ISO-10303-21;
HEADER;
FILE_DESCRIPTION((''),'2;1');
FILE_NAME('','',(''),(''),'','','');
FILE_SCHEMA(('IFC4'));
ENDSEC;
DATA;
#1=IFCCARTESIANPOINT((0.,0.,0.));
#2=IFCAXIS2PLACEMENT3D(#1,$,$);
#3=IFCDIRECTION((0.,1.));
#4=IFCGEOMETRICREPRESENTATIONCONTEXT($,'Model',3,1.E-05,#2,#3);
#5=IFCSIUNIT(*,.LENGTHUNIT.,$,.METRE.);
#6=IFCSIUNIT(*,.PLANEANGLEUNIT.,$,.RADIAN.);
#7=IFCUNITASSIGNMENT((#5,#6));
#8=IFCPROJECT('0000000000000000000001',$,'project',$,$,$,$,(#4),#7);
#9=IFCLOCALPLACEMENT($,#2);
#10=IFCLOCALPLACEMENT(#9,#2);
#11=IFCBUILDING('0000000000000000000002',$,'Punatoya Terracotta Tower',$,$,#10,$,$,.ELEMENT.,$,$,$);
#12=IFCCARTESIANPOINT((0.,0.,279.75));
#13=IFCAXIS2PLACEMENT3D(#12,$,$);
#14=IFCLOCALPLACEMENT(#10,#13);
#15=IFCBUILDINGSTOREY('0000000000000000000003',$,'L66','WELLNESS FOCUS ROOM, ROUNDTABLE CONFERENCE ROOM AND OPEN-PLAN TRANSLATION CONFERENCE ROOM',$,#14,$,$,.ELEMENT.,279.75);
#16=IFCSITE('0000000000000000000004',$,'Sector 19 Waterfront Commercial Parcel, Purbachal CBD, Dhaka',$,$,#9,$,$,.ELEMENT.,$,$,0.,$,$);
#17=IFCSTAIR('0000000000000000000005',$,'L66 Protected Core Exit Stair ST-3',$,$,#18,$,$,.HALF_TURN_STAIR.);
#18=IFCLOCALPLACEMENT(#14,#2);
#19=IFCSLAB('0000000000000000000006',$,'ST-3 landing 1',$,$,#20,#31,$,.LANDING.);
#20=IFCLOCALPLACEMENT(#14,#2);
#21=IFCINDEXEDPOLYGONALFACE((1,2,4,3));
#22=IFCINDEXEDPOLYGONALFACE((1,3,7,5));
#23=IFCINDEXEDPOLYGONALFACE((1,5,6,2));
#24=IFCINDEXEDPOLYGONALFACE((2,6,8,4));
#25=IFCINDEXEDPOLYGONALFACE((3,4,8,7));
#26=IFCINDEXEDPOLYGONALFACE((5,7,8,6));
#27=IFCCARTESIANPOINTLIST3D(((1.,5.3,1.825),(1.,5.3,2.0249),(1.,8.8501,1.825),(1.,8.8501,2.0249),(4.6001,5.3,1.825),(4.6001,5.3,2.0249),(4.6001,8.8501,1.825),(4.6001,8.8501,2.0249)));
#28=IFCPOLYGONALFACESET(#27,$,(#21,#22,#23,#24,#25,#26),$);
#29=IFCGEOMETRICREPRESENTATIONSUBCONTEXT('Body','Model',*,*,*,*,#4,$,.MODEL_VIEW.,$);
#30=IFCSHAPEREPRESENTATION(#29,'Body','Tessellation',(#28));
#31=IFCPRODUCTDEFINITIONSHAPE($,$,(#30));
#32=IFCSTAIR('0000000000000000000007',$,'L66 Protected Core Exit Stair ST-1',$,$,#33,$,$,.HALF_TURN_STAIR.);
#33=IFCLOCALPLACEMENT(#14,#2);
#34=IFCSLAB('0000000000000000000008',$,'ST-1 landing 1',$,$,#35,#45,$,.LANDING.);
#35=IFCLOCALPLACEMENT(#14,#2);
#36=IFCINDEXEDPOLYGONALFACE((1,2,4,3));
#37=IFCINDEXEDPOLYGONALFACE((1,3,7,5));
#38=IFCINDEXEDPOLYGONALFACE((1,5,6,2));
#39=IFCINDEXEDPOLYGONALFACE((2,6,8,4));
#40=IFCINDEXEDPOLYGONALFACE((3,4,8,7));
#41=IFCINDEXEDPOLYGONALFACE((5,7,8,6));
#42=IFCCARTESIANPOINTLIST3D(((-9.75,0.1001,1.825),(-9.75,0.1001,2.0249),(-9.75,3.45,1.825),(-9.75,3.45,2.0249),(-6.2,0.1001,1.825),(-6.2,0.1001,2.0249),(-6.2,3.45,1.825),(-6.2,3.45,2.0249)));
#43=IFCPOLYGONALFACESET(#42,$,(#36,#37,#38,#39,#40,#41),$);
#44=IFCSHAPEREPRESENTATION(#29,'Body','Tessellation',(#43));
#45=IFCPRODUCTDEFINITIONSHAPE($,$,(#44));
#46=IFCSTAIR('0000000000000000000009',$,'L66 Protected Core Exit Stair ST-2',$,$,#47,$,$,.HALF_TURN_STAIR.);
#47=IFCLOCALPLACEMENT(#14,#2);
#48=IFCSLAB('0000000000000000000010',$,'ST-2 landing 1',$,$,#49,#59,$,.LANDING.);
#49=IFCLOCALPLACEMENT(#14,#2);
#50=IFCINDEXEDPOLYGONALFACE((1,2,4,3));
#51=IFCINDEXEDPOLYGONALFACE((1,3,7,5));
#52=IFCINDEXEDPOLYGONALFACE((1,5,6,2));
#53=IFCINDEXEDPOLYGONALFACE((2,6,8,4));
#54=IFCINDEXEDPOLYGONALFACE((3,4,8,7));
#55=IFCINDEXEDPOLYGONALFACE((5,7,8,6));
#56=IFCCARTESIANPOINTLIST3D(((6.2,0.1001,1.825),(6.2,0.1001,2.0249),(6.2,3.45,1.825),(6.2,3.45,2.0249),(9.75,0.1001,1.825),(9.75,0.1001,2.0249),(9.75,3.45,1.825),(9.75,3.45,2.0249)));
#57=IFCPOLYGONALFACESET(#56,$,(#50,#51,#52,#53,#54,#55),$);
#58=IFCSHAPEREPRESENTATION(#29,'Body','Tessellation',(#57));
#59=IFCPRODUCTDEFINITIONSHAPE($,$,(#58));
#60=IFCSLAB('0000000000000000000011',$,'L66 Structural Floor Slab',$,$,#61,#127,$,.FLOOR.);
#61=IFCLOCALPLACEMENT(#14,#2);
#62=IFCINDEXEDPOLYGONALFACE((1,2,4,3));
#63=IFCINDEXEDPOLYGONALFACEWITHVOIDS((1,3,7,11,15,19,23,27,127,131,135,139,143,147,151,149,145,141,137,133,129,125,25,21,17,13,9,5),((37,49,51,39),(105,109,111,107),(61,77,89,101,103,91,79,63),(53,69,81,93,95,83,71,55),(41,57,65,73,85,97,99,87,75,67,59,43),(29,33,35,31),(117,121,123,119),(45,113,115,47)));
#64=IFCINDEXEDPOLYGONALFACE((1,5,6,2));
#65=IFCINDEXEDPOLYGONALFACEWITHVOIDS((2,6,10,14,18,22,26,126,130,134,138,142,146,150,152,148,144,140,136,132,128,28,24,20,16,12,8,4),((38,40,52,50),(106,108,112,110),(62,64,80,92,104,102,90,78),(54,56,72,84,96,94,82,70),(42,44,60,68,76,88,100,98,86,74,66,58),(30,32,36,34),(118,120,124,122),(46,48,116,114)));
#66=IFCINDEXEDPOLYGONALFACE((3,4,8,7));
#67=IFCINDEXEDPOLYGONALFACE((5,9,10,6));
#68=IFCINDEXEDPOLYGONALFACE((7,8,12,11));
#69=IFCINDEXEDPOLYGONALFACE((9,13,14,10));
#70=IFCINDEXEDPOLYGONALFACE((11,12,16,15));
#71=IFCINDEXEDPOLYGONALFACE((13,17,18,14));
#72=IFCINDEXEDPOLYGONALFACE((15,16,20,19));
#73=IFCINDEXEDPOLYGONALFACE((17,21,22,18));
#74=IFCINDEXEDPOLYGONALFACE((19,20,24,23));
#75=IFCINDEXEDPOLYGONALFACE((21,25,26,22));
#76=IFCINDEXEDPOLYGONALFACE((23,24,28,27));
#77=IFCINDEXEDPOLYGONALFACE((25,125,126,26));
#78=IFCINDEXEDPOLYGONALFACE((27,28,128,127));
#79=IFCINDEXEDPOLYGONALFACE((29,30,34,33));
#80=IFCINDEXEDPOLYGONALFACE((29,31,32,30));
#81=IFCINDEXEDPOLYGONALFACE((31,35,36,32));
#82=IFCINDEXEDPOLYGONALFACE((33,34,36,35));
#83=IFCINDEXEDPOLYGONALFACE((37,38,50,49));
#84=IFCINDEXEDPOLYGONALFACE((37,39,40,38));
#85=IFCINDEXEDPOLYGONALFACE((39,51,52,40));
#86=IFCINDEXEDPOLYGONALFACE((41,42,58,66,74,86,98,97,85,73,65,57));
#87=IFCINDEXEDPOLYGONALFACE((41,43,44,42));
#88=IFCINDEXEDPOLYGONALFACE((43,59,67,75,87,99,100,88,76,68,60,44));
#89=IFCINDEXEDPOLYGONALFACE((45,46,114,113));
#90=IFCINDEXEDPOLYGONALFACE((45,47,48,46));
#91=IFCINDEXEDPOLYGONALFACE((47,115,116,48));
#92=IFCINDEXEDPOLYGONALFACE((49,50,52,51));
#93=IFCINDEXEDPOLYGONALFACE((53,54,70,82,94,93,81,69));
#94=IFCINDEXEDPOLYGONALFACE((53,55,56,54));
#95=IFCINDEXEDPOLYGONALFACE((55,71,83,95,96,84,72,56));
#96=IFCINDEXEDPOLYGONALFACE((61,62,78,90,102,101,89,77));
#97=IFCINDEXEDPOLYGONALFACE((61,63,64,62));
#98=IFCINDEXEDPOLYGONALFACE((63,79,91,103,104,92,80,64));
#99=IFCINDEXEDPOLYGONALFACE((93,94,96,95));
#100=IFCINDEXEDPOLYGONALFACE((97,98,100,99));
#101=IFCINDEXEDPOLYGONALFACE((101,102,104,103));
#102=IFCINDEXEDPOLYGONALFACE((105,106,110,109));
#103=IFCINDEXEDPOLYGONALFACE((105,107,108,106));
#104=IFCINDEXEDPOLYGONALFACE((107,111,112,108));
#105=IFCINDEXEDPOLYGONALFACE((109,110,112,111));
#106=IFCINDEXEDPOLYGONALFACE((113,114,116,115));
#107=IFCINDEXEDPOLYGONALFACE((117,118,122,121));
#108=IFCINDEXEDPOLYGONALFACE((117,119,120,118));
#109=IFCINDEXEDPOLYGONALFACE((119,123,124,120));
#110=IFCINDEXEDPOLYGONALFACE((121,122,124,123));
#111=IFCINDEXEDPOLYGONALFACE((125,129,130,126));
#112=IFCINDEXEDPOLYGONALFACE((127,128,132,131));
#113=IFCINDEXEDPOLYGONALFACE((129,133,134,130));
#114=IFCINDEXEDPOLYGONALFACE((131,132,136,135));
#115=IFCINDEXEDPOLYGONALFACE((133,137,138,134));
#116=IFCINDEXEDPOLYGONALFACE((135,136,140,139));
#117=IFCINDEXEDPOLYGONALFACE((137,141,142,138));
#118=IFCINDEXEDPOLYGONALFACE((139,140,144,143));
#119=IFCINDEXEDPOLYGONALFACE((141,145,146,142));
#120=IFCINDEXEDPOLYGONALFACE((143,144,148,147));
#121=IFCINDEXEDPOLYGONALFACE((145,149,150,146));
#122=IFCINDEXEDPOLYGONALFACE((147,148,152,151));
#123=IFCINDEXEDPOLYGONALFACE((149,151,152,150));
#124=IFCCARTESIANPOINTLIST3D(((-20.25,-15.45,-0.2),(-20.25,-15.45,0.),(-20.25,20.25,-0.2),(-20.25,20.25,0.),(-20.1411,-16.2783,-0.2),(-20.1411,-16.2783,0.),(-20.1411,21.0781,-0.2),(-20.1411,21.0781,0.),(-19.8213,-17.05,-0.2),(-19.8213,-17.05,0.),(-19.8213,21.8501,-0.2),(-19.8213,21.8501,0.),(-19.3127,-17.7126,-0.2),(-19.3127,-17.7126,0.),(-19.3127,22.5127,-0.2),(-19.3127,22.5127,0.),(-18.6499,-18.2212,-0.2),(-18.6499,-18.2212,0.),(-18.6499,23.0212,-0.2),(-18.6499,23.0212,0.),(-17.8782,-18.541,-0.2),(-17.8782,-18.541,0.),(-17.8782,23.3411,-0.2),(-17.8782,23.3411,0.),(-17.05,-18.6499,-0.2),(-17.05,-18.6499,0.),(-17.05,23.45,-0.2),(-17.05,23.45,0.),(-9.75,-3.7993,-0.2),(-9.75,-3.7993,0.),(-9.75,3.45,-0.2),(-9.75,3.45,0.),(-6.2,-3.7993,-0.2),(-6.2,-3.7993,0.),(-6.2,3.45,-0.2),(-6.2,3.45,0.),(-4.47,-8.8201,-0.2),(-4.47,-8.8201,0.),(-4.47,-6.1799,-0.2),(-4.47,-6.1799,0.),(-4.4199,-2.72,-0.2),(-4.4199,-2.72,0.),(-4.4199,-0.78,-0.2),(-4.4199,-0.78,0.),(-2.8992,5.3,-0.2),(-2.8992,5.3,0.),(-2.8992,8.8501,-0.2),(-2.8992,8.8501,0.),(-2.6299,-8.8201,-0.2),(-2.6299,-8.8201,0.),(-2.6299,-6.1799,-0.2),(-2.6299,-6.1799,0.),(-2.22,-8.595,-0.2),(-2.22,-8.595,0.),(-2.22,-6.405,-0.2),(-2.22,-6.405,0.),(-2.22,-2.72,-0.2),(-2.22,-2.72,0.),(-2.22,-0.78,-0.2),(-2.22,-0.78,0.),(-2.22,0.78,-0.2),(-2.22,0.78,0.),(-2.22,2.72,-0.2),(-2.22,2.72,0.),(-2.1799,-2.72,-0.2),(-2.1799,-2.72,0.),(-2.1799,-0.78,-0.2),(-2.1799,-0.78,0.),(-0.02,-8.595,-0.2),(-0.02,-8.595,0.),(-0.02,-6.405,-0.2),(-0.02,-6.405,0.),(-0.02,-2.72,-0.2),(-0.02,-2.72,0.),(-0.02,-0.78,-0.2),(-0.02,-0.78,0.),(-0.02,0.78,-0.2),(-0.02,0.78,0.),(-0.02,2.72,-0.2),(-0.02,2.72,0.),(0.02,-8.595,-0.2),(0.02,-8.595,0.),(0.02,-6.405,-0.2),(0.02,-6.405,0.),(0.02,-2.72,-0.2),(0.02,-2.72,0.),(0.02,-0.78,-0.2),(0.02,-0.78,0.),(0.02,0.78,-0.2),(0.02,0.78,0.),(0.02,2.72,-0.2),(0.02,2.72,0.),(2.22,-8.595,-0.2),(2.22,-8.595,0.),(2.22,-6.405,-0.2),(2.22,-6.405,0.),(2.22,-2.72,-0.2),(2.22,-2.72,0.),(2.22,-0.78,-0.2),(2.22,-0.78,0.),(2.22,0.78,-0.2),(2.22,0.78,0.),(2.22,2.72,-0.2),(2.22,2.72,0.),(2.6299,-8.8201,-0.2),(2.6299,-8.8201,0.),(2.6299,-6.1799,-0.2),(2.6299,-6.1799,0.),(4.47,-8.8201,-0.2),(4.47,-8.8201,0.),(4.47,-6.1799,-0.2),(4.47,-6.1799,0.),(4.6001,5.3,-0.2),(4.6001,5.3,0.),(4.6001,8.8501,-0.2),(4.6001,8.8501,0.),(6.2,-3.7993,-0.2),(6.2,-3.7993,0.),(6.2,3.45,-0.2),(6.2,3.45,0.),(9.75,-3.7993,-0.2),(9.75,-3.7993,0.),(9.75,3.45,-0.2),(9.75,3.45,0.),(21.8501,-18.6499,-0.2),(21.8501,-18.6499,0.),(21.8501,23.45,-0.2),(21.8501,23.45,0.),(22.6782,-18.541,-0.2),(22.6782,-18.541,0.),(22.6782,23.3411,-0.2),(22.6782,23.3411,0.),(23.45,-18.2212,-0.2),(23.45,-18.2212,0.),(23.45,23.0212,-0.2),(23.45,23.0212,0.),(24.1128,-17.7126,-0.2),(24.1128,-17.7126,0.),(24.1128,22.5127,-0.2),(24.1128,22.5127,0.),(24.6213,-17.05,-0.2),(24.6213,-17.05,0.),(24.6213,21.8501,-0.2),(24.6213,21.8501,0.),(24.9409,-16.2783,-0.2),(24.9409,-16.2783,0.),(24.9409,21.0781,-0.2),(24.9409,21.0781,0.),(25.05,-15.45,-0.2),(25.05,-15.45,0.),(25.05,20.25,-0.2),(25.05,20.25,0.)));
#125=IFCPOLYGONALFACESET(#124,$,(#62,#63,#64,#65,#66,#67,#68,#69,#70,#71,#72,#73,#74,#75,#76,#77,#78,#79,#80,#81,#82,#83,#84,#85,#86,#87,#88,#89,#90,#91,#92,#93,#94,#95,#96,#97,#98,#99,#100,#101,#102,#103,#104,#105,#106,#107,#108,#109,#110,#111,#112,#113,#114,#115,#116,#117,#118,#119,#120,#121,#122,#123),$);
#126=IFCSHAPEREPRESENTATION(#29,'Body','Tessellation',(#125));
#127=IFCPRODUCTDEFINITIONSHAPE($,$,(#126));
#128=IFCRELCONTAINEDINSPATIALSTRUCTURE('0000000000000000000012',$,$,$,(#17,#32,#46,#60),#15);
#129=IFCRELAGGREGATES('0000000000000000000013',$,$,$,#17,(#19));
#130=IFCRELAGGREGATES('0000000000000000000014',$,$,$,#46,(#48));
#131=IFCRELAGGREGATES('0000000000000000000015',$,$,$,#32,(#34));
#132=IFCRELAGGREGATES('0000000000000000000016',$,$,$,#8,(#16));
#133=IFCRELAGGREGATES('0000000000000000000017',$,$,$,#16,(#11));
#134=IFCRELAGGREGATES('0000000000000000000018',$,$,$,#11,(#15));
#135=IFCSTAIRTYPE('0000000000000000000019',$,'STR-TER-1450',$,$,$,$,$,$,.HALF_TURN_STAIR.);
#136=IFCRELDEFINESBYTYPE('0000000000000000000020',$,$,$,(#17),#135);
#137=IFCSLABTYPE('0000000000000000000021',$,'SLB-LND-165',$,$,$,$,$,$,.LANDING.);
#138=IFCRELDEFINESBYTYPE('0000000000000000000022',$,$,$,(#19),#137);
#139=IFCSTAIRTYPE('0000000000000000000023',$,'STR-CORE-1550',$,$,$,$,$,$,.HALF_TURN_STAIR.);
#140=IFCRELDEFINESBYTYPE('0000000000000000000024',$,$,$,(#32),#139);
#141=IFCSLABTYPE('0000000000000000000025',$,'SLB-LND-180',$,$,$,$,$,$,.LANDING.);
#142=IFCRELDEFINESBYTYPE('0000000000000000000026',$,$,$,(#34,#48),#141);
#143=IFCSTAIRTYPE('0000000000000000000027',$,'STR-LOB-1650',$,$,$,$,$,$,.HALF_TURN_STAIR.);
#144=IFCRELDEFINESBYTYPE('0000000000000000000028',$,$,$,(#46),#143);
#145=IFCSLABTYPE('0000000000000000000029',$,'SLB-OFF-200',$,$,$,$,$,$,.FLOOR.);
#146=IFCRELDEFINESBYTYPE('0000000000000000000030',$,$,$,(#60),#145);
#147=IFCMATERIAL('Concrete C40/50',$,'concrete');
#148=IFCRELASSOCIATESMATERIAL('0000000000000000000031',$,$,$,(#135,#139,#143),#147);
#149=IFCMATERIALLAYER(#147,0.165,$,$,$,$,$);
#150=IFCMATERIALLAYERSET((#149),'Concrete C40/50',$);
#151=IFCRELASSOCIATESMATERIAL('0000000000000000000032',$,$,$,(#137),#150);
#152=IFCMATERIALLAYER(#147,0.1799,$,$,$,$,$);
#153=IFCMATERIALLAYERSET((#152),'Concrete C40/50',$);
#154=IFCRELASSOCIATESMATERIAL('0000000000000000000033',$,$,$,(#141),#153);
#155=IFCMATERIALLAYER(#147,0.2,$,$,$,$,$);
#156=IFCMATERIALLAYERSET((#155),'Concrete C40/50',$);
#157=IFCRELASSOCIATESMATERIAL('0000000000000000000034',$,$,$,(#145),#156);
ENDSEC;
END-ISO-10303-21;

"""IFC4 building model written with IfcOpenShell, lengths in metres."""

from ifc_helpers import new_model, si_unit, direction, frame, origin, place, context, subcontext, project, spatial, polyline, outline, extrude, material, layer, layer_set, type_object, element, aggregate, save


model = new_model("IFC4")

# Units and contexts
model_context = context("Model", 3, precision=1e-05, world=origin(), true_north=direction((0.0, 1.0)))
body_context = subcontext(model_context, "Body", "Model", "MODEL_VIEW")
ifc_project = project(units=[si_unit("LENGTHUNIT", "METRE"), si_unit("PLANEANGLEUNIT", "RADIAN")], contexts=[model_context])

# Site, building, storey
site_placement = place(None, origin())
site = spatial("IfcSite", under=ifc_project, at=site_placement, Name="Sector 19 Waterfront Commercial Parcel, Purbachal CBD, Dhaka", CompositionType="ELEMENT", RefElevation=0.0)
building_placement = place(site_placement, origin())
building = spatial("IfcBuilding", under=site, at=building_placement, Name="Punatoya Terracotta Tower", CompositionType="ELEMENT")
storey_placement = place(building_placement, frame((0.0, 0.0, 279.75)))
storey = spatial("IfcBuildingStorey", under=building, at=storey_placement, Name="L66", Description="WELLNESS FOCUS ROOM, ROUNDTABLE CONFERENCE ROOM AND OPEN-PLAN TRANSLATION CONFERENCE ROOM", CompositionType="ELEMENT", Elevation=279.75)

# Stairs, slabs
ifc_material_1 = material(Name="Concrete C40/50", Category="concrete")
stair_type_1 = type_object("IfcStairType", Name="STR-TER-1450", PredefinedType="HALF_TURN_STAIR", material=ifc_material_1)
stair_1_placement = place(storey_placement, origin())
stair_1 = element("IfcStair", 1, at=stair_1_placement, inside=storey, type_object=stair_type_1, Name="L66 Protected Core Exit Stair ST-3", PredefinedType="HALF_TURN_STAIR")
ifc_layer_1 = layer(ifc_material_1, 0.165)
ifc_layer_set_1 = layer_set([ifc_layer_1], Name="Concrete C40/50")
slab_type_1 = type_object("IfcSlabType", Name="SLB-LND-165", PredefinedType="LANDING", material=ifc_layer_set_1)
slab_1_placement = place(storey_placement, frame((0.0, 0.0, 1.825)))
slab_1 = element("IfcSlab", 2, at=slab_1_placement, type_object=slab_type_1, Name="ST-3 landing 1", PredefinedType="LANDING", context=body_context, shape_type="SweptSolid", body=[
    extrude(outline(polyline([(1.0, 5.3), (4.6001, 5.3), (4.6001, 8.8501), (1.0, 8.8501), (1.0, 5.3)])), origin(), (0.0, 0.0, 1.0), 0.2),
])
aggregate(stair_1, [slab_1])
stair_type_2 = type_object("IfcStairType", Name="STR-CORE-1550", PredefinedType="HALF_TURN_STAIR", material=ifc_material_1)
stair_2_placement = place(storey_placement, origin())
stair_2 = element("IfcStair", 3, at=stair_2_placement, inside=storey, type_object=stair_type_2, Name="L66 Protected Core Exit Stair ST-1", PredefinedType="HALF_TURN_STAIR")
ifc_layer_2 = layer(ifc_material_1, 0.1799)
ifc_layer_set_2 = layer_set([ifc_layer_2], Name="Concrete C40/50")
slab_type_2 = type_object("IfcSlabType", Name="SLB-LND-180", PredefinedType="LANDING", material=ifc_layer_set_2)
slab_2_placement = place(storey_placement, frame((0.0, 0.0, 1.825)))
slab_2 = element("IfcSlab", 4, at=slab_2_placement, type_object=slab_type_2, Name="ST-1 landing 1", PredefinedType="LANDING", context=body_context, shape_type="SweptSolid", body=[
    extrude(outline(polyline([(-6.2, 0.1001), (-6.2, 3.45), (-9.75, 3.45), (-9.75, 0.1001), (-6.2, 0.1001)])), origin(), (0.0, 0.0, 1.0), 0.2),
])
stair_type_3 = type_object("IfcStairType", Name="STR-LOB-1650", PredefinedType="HALF_TURN_STAIR", material=ifc_material_1)
stair_3_placement = place(storey_placement, origin())
stair_3 = element("IfcStair", 5, at=stair_3_placement, inside=storey, type_object=stair_type_3, Name="L66 Protected Core Exit Stair ST-2", PredefinedType="HALF_TURN_STAIR")
slab_3_placement = place(storey_placement, frame((0.0, 0.0, 1.825)))
slab_3 = element("IfcSlab", 6, at=slab_3_placement, type_object=slab_type_2, Name="ST-2 landing 1", PredefinedType="LANDING", context=body_context, shape_type="SweptSolid", body=[
    extrude(outline(polyline([(9.75, 0.1001), (9.75, 3.45), (6.2, 3.45), (6.2, 0.1001), (9.75, 0.1001)])), origin(), (0.0, 0.0, 1.0), 0.2),
])
aggregate(stair_3, [slab_3])

# Slab
ifc_layer_3 = layer(ifc_material_1, 0.2)
ifc_layer_set_3 = layer_set([ifc_layer_3], Name="Concrete C40/50")
slab_type_3 = type_object("IfcSlabType", Name="SLB-OFF-200", PredefinedType="FLOOR", material=ifc_layer_set_3)
slab_4_placement = place(storey_placement, frame((0.0, 0.0, -0.2)))
element("IfcSlab", 7, at=slab_4_placement, inside=storey, type_object=slab_type_3, Name="L66 Structural Floor Slab", PredefinedType="FLOOR", context=body_context, shape_type="SweptSolid", body=[
    extrude(outline(polyline([(-17.05, -18.6499), (-17.8782, -18.541), (-18.6499, -18.2212), (-19.3127, -17.7126), (-19.8213, -17.05), (-20.1411, -16.2783), (-20.25, -15.45), (-20.25, 20.25), (-20.1411, 21.0781), (-19.8213, 21.8501), (-19.3127, 22.5127), (-18.6499, 23.0212), (-17.8782, 23.3411), (-17.05, 23.45), (21.8501, 23.45), (22.6782, 23.3411), (23.45, 23.0212), (24.1128, 22.5127), (24.6213, 21.8501), (24.9409, 21.0781), (25.05, 20.25), (25.05, -15.45), (24.9409, -16.2783), (24.6213, -17.05), (24.1128, -17.7126), (23.45, -18.2212), (22.6782, -18.541), (21.8501, -18.6499), (-17.05, -18.6499)]), holes=[polyline([(-2.6299, -6.1799), (-4.47, -6.1799), (-4.47, -8.8201), (-2.6299, -8.8201), (-2.6299, -6.1799)]), polyline([(0.02, -8.595), (2.22, -8.595), (2.22, -6.405), (0.02, -6.405), (-0.02, -6.405), (-2.22, -6.405), (-2.22, -8.595), (-0.02, -8.595), (0.02, -8.595)]), polyline([(-2.22, -2.72), (-2.1799, -2.72), (-0.02, -2.72), (0.02, -2.72), (2.22, -2.72), (2.22, -0.78), (0.02, -0.78), (-0.02, -0.78), (-2.1799, -0.78), (-2.22, -0.78), (-4.4199, -0.78), (-4.4199, -2.72), (-2.22, -2.72)]), polyline([(-6.2, 3.45), (-9.75, 3.45), (-9.75, -3.7993), (-6.2, -3.7993), (-6.2, 3.45)]), polyline([(0.02, 0.78), (2.22, 0.78), (2.22, 2.72), (0.02, 2.72), (-0.02, 2.72), (-2.22, 2.72), (-2.22, 0.78), (-0.02, 0.78), (0.02, 0.78)]), polyline([(4.47, -8.8201), (4.47, -6.1799), (2.6299, -6.1799), (2.6299, -8.8201), (4.47, -8.8201)]), polyline([(6.2, 3.45), (6.2, -3.7993), (9.75, -3.7993), (9.75, 3.45), (6.2, 3.45)]), polyline([(4.6001, 5.3), (4.6001, 8.8501), (-2.8992, 8.8501), (-2.8992, 5.3), (4.6001, 5.3)])]), origin(), (0.0, 0.0, 1.0), 0.2),
])

aggregate(stair_2, [slab_2])

save(model, "model.ifc")
